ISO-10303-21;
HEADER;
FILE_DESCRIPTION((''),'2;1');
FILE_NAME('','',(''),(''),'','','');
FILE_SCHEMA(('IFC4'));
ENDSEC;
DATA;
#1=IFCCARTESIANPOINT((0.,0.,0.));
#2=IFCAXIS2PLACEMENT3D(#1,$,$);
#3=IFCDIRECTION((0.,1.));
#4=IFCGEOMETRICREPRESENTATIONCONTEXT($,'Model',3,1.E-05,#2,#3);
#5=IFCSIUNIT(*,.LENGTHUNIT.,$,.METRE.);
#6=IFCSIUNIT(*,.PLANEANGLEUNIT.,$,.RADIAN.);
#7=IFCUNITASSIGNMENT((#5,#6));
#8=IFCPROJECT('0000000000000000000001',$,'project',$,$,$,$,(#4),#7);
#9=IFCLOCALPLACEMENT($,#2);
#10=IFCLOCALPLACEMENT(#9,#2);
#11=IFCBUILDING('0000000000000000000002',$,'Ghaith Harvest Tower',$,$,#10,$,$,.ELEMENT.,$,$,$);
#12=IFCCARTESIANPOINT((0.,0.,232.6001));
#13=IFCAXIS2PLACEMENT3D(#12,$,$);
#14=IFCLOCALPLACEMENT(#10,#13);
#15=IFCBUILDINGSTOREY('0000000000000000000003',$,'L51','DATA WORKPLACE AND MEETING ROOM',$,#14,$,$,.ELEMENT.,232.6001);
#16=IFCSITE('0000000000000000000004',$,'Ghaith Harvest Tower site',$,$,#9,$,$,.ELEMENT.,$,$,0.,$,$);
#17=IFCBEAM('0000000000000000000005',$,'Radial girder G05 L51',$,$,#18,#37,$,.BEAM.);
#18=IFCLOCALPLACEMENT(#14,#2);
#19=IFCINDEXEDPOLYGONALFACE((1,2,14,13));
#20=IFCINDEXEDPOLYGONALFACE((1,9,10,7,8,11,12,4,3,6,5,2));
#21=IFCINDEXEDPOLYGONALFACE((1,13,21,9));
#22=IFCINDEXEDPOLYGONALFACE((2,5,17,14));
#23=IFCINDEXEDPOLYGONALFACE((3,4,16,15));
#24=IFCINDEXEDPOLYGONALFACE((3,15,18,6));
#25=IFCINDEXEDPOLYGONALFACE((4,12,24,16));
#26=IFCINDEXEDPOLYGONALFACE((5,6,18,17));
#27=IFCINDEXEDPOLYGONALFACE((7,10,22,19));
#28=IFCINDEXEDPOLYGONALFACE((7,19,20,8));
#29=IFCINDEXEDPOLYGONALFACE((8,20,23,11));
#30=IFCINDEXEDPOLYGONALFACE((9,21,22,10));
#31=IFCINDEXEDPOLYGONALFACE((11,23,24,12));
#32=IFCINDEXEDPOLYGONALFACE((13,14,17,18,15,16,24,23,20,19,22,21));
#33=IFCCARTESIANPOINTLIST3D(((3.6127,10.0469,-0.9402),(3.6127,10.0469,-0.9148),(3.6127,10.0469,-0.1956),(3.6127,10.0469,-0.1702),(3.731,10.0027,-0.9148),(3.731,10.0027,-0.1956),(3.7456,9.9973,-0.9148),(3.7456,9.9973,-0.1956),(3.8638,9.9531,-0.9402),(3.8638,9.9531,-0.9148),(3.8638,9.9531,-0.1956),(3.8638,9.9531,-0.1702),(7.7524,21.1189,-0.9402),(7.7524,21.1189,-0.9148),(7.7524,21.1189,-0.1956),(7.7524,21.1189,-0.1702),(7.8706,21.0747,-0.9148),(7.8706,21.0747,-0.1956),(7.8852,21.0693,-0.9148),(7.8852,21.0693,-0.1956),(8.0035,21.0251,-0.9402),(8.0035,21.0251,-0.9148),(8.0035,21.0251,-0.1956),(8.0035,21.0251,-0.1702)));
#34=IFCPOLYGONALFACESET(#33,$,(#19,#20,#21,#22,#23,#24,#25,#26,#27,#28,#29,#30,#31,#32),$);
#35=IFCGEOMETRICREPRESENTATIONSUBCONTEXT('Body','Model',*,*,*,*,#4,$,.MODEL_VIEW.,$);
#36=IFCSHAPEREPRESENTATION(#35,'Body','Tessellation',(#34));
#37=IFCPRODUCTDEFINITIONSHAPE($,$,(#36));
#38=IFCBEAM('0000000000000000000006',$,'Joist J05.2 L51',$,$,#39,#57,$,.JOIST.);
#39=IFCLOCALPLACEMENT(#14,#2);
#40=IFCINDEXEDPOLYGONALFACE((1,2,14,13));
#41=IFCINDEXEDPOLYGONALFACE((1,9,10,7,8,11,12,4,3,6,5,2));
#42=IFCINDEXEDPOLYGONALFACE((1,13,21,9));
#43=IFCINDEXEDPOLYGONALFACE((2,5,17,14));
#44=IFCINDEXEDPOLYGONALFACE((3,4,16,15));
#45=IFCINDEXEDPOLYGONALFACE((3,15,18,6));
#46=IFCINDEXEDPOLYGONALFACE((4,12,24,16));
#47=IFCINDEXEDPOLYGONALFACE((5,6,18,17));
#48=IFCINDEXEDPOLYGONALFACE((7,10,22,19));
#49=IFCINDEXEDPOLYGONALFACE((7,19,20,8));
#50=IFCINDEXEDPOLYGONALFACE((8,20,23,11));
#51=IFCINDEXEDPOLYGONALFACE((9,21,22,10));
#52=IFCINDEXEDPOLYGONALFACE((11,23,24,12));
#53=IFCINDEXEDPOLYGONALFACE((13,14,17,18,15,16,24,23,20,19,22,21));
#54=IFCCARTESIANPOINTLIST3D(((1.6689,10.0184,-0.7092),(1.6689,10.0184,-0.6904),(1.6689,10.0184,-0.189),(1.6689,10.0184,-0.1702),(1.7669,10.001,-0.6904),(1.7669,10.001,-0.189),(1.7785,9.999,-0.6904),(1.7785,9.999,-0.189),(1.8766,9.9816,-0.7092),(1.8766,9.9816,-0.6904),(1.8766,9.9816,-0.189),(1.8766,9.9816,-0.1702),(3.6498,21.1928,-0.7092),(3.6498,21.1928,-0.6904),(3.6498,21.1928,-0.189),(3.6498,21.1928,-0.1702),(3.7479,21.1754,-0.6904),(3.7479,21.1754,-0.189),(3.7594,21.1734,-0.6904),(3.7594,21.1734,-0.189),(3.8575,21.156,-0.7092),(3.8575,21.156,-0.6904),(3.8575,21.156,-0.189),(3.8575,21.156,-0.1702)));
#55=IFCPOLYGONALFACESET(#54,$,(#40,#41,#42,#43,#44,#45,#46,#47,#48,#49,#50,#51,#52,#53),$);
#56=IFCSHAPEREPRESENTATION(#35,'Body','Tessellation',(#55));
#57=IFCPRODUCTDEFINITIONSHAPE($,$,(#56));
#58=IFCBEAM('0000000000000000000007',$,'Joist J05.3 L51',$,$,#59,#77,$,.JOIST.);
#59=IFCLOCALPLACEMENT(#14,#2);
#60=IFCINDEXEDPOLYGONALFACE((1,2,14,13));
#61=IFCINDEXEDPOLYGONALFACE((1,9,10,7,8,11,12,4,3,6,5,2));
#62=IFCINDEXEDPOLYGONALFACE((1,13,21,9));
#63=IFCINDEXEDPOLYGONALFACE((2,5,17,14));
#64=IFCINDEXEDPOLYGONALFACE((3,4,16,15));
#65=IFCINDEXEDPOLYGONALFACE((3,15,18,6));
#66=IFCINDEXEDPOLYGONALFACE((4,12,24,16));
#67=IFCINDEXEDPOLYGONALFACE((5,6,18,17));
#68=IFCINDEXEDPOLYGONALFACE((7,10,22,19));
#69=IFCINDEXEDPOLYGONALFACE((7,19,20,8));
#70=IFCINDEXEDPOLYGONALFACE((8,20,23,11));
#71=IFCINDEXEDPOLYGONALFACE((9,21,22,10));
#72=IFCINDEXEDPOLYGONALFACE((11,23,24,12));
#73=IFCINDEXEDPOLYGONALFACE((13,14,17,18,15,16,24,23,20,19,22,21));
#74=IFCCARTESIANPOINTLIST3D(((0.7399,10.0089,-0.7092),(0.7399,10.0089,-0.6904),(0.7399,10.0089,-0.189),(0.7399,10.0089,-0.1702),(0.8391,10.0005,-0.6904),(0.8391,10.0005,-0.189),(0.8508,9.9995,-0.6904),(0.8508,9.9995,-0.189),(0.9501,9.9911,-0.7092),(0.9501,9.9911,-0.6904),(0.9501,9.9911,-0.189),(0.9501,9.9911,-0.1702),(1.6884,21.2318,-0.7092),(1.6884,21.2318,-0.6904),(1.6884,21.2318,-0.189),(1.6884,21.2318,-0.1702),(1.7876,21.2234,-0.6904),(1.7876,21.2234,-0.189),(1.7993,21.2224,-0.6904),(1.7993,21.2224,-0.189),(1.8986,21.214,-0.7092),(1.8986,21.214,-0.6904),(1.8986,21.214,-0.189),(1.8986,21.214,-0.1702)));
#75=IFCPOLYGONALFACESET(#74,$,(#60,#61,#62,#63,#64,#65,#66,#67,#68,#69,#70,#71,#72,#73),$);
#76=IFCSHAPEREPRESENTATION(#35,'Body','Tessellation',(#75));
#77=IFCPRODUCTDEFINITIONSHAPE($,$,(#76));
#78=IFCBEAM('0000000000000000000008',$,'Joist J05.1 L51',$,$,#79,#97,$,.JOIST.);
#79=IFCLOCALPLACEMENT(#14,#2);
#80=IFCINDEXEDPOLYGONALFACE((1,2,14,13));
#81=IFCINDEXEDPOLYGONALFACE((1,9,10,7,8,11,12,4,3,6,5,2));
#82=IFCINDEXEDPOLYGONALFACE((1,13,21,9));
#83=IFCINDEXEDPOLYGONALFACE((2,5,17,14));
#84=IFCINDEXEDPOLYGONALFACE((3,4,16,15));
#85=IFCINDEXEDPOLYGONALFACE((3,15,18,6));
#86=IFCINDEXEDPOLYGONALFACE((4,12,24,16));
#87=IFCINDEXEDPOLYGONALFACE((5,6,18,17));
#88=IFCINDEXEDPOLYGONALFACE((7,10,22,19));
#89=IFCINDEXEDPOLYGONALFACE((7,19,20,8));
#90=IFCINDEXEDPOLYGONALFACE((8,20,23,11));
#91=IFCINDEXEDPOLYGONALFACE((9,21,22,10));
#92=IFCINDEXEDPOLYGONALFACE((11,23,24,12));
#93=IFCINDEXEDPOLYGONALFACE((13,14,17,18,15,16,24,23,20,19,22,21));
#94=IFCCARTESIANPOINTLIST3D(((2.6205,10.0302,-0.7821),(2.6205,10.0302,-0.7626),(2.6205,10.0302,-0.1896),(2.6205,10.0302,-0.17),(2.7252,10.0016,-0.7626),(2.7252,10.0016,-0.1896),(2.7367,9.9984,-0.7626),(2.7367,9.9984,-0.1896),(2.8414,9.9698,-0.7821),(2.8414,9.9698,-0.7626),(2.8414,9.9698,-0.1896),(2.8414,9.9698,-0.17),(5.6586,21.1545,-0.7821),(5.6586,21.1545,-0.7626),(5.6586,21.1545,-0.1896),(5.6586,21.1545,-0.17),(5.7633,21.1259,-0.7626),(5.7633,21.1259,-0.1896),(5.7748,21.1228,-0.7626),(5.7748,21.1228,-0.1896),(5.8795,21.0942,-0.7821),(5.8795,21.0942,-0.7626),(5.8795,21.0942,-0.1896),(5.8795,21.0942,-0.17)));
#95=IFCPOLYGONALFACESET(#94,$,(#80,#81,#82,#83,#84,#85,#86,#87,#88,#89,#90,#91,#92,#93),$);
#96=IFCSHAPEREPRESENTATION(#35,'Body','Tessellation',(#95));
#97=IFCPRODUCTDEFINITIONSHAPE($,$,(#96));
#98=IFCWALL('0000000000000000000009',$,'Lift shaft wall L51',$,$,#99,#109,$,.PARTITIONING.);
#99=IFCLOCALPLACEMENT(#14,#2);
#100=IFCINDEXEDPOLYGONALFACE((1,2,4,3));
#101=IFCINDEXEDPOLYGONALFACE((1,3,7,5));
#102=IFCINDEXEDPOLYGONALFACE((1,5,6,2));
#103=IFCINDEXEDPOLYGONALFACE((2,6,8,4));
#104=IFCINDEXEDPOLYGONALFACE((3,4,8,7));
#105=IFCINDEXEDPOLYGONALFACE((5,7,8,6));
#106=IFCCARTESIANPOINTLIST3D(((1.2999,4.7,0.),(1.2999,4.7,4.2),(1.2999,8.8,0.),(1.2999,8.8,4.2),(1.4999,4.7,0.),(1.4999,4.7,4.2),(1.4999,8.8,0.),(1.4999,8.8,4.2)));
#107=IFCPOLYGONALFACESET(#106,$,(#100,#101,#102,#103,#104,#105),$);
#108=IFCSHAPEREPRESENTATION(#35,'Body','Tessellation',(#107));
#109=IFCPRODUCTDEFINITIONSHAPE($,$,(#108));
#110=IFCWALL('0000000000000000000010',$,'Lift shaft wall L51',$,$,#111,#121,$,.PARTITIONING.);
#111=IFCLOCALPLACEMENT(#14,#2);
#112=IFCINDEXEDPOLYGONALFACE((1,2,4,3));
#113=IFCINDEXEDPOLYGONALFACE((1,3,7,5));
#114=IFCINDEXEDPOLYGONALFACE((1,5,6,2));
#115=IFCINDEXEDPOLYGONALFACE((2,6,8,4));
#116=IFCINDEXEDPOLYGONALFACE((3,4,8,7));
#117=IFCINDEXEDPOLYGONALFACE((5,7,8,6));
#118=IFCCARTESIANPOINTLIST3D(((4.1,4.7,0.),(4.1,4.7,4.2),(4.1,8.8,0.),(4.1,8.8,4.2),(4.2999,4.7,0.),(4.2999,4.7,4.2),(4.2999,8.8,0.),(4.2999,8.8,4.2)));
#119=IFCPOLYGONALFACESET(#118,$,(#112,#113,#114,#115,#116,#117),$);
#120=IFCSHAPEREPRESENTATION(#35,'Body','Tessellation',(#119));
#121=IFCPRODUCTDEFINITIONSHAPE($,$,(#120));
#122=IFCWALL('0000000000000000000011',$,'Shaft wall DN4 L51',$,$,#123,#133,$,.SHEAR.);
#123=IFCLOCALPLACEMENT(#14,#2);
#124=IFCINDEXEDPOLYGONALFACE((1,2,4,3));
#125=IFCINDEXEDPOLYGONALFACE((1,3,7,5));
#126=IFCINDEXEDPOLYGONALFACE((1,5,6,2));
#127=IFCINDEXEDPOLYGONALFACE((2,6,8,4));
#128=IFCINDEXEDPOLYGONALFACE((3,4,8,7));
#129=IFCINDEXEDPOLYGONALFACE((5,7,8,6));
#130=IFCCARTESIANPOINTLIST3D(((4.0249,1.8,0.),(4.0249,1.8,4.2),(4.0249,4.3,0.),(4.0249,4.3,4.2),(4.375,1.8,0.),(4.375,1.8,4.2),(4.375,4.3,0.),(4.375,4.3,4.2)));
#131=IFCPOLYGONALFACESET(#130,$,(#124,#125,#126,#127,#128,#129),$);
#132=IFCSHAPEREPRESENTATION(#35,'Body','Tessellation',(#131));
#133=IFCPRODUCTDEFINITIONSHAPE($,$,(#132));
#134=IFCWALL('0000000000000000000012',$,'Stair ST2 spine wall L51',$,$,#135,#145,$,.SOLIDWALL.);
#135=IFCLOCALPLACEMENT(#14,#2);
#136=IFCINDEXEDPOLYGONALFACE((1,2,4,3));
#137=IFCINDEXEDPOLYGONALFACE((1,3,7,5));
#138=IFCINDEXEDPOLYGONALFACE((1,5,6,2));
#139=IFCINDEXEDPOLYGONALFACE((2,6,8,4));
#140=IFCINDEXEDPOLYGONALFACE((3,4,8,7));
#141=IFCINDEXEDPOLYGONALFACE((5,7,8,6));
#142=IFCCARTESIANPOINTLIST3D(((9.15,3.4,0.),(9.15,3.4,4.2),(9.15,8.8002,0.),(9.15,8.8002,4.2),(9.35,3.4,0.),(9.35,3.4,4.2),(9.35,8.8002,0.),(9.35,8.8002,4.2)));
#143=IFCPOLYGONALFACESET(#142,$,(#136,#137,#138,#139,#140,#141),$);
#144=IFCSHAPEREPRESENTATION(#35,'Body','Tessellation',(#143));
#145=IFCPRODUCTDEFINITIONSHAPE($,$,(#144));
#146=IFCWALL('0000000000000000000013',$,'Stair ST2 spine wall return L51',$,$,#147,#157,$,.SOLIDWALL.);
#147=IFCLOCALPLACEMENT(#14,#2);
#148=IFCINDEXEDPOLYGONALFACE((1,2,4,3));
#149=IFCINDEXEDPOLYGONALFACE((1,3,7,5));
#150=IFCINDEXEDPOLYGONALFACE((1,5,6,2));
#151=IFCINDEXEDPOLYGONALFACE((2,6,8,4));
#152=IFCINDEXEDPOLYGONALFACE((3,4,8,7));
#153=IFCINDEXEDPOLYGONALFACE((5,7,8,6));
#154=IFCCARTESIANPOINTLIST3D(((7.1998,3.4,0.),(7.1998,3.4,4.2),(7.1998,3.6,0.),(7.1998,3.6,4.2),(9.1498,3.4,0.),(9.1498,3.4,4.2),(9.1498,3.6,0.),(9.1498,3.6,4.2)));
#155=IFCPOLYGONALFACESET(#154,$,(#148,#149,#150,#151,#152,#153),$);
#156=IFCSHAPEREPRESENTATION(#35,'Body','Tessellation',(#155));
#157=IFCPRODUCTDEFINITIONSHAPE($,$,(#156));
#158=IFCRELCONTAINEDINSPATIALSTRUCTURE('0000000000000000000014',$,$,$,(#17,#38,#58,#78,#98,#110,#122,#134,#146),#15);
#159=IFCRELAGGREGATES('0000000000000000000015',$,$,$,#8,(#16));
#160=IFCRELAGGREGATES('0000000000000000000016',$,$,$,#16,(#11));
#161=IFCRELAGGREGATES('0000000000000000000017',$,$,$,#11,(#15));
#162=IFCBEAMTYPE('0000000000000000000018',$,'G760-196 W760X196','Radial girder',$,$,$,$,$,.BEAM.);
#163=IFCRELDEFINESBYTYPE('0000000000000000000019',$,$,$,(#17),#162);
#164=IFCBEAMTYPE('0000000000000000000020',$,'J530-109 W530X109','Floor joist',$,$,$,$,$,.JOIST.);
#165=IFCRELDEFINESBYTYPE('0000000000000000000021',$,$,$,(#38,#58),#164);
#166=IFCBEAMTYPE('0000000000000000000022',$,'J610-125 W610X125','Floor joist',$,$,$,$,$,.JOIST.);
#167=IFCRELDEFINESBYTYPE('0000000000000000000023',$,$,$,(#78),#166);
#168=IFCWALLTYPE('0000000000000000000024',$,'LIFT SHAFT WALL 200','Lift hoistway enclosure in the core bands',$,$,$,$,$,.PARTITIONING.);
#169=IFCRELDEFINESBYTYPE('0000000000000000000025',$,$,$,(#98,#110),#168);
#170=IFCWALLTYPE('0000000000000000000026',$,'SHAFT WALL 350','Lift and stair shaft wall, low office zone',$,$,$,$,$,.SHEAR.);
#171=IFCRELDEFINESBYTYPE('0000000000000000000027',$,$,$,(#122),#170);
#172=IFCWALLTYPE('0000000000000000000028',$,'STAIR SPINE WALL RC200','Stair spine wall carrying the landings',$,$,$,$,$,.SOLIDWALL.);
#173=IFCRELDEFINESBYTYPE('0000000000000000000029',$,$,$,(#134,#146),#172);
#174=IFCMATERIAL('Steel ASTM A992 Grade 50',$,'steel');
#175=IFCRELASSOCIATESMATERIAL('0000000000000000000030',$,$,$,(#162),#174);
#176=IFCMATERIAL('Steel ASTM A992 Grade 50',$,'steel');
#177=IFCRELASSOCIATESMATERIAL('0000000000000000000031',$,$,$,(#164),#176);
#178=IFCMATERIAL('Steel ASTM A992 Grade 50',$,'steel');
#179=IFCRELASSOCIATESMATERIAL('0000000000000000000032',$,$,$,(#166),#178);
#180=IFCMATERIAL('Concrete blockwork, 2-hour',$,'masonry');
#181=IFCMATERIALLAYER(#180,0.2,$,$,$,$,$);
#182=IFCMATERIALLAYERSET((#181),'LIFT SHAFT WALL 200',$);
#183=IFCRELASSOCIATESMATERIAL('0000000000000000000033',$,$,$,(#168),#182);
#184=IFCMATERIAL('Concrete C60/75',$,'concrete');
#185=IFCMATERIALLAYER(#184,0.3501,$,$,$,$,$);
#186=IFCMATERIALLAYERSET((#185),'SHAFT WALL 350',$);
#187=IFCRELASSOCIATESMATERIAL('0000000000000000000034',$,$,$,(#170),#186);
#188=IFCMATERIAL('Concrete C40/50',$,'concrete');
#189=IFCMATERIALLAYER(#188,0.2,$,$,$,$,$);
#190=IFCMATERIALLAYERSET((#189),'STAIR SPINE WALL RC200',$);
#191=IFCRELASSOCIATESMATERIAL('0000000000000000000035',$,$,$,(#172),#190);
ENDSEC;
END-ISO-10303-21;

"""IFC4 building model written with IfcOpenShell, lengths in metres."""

from ifc_helpers import new_model, si_unit, direction, frame, frame_2d, origin, origin_2d, place, context, subcontext, project, spatial, rectangle, i_section, extrude, material, layer, layer_set, material_profile, profile_set, type_object, element, save


model = new_model("IFC4")

# Units and contexts
model_context = context("Model", 3, precision=1e-05, world=origin(), true_north=direction((0.0, 1.0)))
body_context = subcontext(model_context, "Body", "Model", "MODEL_VIEW")
ifc_project = project(units=[si_unit("LENGTHUNIT", "METRE"), si_unit("PLANEANGLEUNIT", "RADIAN")], contexts=[model_context])

# Site, building, storey
site_placement = place(None, origin())
site = spatial("IfcSite", under=ifc_project, at=site_placement, Name="Ghaith Harvest Tower site", CompositionType="ELEMENT", RefElevation=0.0)
building_placement = place(site_placement, origin())
building = spatial("IfcBuilding", under=site, at=building_placement, Name="Ghaith Harvest Tower", CompositionType="ELEMENT")
storey_placement = place(building_placement, frame((0.0, 0.0, 232.6001)))
storey = spatial("IfcBuildingStorey", under=building, at=storey_placement, Name="L51", Description="DATA WORKPLACE AND MEETING ROOM", CompositionType="ELEMENT", Elevation=232.6001)

# Beams
ifc_material_1 = material(Name="Steel ASTM A992 Grade 50", Category="steel")
ifc_material_profile_1 = material_profile(ifc_material_1, i_section(OverallWidth=0.2681, OverallDepth=0.77, WebThickness=0.0156, FlangeThickness=0.0254, at=origin_2d()), Name="W760X196")
ifc_profile_set_1 = profile_set([ifc_material_profile_1], Name="Steel ASTM A992 Grade 50")
beam_type_1 = type_object("IfcBeamType", Name="G760-196 W760X196", Description="Radial girder", PredefinedType="BEAM", material=ifc_profile_set_1)
beam_1_placement = place(storey_placement, frame((3.7383, 10.0, -0.5552), z_axis=(0.350207, 0.936672, 0.0), x_axis=(-0.936672, 0.350207, 0.0)))
element("IfcBeam", 1, at=beam_1_placement, inside=storey, type_object=beam_type_1, Name="Radial girder G05 L51", PredefinedType="BEAM", context=body_context, shape_type="SweptSolid", body=[
    extrude(i_section(OverallWidth=0.2681, OverallDepth=0.77, WebThickness=0.0156, FlangeThickness=0.0254, at=origin_2d()), origin(), (0.0, 0.0, 1.0), 11.8206),
])
ifc_material_2 = material(Name="Steel ASTM A992 Grade 50", Category="steel")
ifc_material_profile_2 = material_profile(ifc_material_2, i_section(OverallWidth=0.2109, OverallDepth=0.5391, WebThickness=0.0117, FlangeThickness=0.0188, at=origin_2d()), Name="W530X109")
ifc_profile_set_2 = profile_set([ifc_material_profile_2], Name="Steel ASTM A992 Grade 50")
beam_type_2 = type_object("IfcBeamType", Name="J530-109 W530X109", Description="Floor joist", PredefinedType="JOIST", material=ifc_profile_set_2)
beam_2_placement = place(storey_placement, frame((1.7727, 10.0, -0.4397), z_axis=(0.174556, 0.984647, 0.0), x_axis=(-0.984647, 0.174556, 0.0)))
element("IfcBeam", 2, at=beam_2_placement, inside=storey, type_object=beam_type_2, Name="Joist J05.2 L51", PredefinedType="JOIST", context=body_context, shape_type="SweptSolid", body=[
    extrude(i_section(OverallWidth=0.2109, OverallDepth=0.5391, WebThickness=0.0117, FlangeThickness=0.0188, at=origin_2d()), origin(), (0.0, 0.0, 1.0), 11.3486),
])
beam_3_placement = place(storey_placement, frame((0.845, 10.0, -0.4397), z_axis=(0.084213, 0.996448, 0.0), x_axis=(-0.996448, 0.084213, 0.0)))
element("IfcBeam", 3, at=beam_3_placement, inside=storey, type_object=beam_type_2, Name="Joist J05.3 L51", PredefinedType="JOIST", context=body_context, shape_type="SweptSolid", body=[
    extrude(i_section(OverallWidth=0.2109, OverallDepth=0.5391, WebThickness=0.0117, FlangeThickness=0.0188, at=origin_2d()), origin(), (0.0, 0.0, 1.0), 11.2629),
])
ifc_material_3 = material(Name="Steel ASTM A992 Grade 50", Category="steel")
ifc_material_profile_3 = material_profile(ifc_material_3, i_section(OverallWidth=0.229, OverallDepth=0.6121, WebThickness=0.012, FlangeThickness=0.0195, at=origin_2d()), Name="W610X125")
ifc_profile_set_3 = profile_set([ifc_material_profile_3], Name="Steel ASTM A992 Grade 50")
beam_type_3 = type_object("IfcBeamType", Name="J610-125 W610X125", Description="Floor joist", PredefinedType="JOIST", material=ifc_profile_set_3)
beam_4_placement = place(storey_placement, frame((2.731, 10.0, -0.4761), z_axis=(0.263456, 0.964671, 0.0), x_axis=(-0.964671, 0.263456, 0.0)))
element("IfcBeam", 4, at=beam_4_placement, inside=storey, type_object=beam_type_3, Name="Joist J05.1 L51", PredefinedType="JOIST", context=body_context, shape_type="SweptSolid", body=[
    extrude(i_section(OverallWidth=0.229, OverallDepth=0.6121, WebThickness=0.012, FlangeThickness=0.0195, at=origin_2d()), origin(), (0.0, 0.0, 1.0), 11.5317),
])

# Walls
ifc_material_4 = material(Name="Concrete blockwork, 2-hour", Category="masonry")
ifc_layer_1 = layer(ifc_material_4, 0.2)
ifc_layer_set_1 = layer_set([ifc_layer_1], Name="LIFT SHAFT WALL 200")
wall_type_1 = type_object("IfcWallType", Name="LIFT SHAFT WALL 200", Description="Lift hoistway enclosure in the core bands", PredefinedType="PARTITIONING", material=ifc_layer_set_1)
for number, where, z_axis, x_axis, name in (
    (5, (1.3999, 4.7, 0.0), (0.0, 0.0, 1.0), (0.0, 1.0, 0.0), "Lift shaft wall L51"),
    (6, (4.2, 4.7, 0.0), (0.0, 0.0, 1.0), (0.0, 1.0, 0.0), "Lift shaft wall L51"),
):
    element("IfcWall", number, at=place(storey_placement, frame(where, z_axis=z_axis, x_axis=x_axis)), inside=storey, type_object=wall_type_1, Name=name, PredefinedType="PARTITIONING", context=body_context, shape_type="SweptSolid", body=[
        extrude(rectangle(XDim=4.1001, YDim=0.2, at=frame_2d((2.05, 0.0))), origin(), (0.0, 0.0, 1.0), 4.2),
    ])

# Shared definitions
ifc_material_5 = material(Name="Concrete C60/75", Category="concrete")
ifc_layer_2 = layer(ifc_material_5, 0.3501)
ifc_layer_set_2 = layer_set([ifc_layer_2], Name="SHAFT WALL 350")
wall_type_2 = type_object("IfcWallType", Name="SHAFT WALL 350", Description="Lift and stair shaft wall, low office zone", PredefinedType="SHEAR", material=ifc_layer_set_2)

# Walls
wall_1_placement = place(storey_placement, frame((4.2, 1.8, 0.0), z_axis=(0.0, 0.0, 1.0), x_axis=(0.0, 1.0, 0.0)))
element("IfcWall", 7, at=wall_1_placement, inside=storey, type_object=wall_type_2, Name="Shaft wall DN4 L51", PredefinedType="SHEAR", context=body_context, shape_type="SweptSolid", body=[
    extrude(rectangle(XDim=2.5, YDim=0.3501, at=frame_2d((1.25, 0.0))), origin(), (0.0, 0.0, 1.0), 4.2),
])
ifc_material_6 = material(Name="Concrete C40/50", Category="concrete")
ifc_layer_3 = layer(ifc_material_6, 0.2)
ifc_layer_set_3 = layer_set([ifc_layer_3], Name="STAIR SPINE WALL RC200")
wall_type_3 = type_object("IfcWallType", Name="STAIR SPINE WALL RC200", Description="Stair spine wall carrying the landings", PredefinedType="SOLIDWALL", material=ifc_layer_set_3)
wall_2_placement = place(storey_placement, frame((9.25, 3.3999, 0.0), z_axis=(0.0, 0.0, 1.0), x_axis=(0.0, 1.0, 0.0)))
element("IfcWall", 8, at=wall_2_placement, inside=storey, type_object=wall_type_3, Name="Stair ST2 spine wall L51", PredefinedType="SOLIDWALL", context=body_context, shape_type="SweptSolid", body=[
    extrude(rectangle(XDim=5.4001, YDim=0.2, at=frame_2d((2.7002, 0.0))), origin(), (0.0, 0.0, 1.0), 4.2),
])
wall_3_placement = place(storey_placement, frame((9.1499, 3.5, 0.0), z_axis=(0.0, 0.0, 1.0), x_axis=(-1.0, 0.0, 0.0)))
element("IfcWall", 9, at=wall_3_placement, inside=storey, type_object=wall_type_3, Name="Stair ST2 spine wall return L51", PredefinedType="SOLIDWALL", context=body_context, shape_type="SweptSolid", body=[
    extrude(rectangle(XDim=1.95, YDim=0.2, at=frame_2d((0.9751, 0.0))), origin(), (0.0, 0.0, 1.0), 4.2),
])

save(model, "model.ifc")
